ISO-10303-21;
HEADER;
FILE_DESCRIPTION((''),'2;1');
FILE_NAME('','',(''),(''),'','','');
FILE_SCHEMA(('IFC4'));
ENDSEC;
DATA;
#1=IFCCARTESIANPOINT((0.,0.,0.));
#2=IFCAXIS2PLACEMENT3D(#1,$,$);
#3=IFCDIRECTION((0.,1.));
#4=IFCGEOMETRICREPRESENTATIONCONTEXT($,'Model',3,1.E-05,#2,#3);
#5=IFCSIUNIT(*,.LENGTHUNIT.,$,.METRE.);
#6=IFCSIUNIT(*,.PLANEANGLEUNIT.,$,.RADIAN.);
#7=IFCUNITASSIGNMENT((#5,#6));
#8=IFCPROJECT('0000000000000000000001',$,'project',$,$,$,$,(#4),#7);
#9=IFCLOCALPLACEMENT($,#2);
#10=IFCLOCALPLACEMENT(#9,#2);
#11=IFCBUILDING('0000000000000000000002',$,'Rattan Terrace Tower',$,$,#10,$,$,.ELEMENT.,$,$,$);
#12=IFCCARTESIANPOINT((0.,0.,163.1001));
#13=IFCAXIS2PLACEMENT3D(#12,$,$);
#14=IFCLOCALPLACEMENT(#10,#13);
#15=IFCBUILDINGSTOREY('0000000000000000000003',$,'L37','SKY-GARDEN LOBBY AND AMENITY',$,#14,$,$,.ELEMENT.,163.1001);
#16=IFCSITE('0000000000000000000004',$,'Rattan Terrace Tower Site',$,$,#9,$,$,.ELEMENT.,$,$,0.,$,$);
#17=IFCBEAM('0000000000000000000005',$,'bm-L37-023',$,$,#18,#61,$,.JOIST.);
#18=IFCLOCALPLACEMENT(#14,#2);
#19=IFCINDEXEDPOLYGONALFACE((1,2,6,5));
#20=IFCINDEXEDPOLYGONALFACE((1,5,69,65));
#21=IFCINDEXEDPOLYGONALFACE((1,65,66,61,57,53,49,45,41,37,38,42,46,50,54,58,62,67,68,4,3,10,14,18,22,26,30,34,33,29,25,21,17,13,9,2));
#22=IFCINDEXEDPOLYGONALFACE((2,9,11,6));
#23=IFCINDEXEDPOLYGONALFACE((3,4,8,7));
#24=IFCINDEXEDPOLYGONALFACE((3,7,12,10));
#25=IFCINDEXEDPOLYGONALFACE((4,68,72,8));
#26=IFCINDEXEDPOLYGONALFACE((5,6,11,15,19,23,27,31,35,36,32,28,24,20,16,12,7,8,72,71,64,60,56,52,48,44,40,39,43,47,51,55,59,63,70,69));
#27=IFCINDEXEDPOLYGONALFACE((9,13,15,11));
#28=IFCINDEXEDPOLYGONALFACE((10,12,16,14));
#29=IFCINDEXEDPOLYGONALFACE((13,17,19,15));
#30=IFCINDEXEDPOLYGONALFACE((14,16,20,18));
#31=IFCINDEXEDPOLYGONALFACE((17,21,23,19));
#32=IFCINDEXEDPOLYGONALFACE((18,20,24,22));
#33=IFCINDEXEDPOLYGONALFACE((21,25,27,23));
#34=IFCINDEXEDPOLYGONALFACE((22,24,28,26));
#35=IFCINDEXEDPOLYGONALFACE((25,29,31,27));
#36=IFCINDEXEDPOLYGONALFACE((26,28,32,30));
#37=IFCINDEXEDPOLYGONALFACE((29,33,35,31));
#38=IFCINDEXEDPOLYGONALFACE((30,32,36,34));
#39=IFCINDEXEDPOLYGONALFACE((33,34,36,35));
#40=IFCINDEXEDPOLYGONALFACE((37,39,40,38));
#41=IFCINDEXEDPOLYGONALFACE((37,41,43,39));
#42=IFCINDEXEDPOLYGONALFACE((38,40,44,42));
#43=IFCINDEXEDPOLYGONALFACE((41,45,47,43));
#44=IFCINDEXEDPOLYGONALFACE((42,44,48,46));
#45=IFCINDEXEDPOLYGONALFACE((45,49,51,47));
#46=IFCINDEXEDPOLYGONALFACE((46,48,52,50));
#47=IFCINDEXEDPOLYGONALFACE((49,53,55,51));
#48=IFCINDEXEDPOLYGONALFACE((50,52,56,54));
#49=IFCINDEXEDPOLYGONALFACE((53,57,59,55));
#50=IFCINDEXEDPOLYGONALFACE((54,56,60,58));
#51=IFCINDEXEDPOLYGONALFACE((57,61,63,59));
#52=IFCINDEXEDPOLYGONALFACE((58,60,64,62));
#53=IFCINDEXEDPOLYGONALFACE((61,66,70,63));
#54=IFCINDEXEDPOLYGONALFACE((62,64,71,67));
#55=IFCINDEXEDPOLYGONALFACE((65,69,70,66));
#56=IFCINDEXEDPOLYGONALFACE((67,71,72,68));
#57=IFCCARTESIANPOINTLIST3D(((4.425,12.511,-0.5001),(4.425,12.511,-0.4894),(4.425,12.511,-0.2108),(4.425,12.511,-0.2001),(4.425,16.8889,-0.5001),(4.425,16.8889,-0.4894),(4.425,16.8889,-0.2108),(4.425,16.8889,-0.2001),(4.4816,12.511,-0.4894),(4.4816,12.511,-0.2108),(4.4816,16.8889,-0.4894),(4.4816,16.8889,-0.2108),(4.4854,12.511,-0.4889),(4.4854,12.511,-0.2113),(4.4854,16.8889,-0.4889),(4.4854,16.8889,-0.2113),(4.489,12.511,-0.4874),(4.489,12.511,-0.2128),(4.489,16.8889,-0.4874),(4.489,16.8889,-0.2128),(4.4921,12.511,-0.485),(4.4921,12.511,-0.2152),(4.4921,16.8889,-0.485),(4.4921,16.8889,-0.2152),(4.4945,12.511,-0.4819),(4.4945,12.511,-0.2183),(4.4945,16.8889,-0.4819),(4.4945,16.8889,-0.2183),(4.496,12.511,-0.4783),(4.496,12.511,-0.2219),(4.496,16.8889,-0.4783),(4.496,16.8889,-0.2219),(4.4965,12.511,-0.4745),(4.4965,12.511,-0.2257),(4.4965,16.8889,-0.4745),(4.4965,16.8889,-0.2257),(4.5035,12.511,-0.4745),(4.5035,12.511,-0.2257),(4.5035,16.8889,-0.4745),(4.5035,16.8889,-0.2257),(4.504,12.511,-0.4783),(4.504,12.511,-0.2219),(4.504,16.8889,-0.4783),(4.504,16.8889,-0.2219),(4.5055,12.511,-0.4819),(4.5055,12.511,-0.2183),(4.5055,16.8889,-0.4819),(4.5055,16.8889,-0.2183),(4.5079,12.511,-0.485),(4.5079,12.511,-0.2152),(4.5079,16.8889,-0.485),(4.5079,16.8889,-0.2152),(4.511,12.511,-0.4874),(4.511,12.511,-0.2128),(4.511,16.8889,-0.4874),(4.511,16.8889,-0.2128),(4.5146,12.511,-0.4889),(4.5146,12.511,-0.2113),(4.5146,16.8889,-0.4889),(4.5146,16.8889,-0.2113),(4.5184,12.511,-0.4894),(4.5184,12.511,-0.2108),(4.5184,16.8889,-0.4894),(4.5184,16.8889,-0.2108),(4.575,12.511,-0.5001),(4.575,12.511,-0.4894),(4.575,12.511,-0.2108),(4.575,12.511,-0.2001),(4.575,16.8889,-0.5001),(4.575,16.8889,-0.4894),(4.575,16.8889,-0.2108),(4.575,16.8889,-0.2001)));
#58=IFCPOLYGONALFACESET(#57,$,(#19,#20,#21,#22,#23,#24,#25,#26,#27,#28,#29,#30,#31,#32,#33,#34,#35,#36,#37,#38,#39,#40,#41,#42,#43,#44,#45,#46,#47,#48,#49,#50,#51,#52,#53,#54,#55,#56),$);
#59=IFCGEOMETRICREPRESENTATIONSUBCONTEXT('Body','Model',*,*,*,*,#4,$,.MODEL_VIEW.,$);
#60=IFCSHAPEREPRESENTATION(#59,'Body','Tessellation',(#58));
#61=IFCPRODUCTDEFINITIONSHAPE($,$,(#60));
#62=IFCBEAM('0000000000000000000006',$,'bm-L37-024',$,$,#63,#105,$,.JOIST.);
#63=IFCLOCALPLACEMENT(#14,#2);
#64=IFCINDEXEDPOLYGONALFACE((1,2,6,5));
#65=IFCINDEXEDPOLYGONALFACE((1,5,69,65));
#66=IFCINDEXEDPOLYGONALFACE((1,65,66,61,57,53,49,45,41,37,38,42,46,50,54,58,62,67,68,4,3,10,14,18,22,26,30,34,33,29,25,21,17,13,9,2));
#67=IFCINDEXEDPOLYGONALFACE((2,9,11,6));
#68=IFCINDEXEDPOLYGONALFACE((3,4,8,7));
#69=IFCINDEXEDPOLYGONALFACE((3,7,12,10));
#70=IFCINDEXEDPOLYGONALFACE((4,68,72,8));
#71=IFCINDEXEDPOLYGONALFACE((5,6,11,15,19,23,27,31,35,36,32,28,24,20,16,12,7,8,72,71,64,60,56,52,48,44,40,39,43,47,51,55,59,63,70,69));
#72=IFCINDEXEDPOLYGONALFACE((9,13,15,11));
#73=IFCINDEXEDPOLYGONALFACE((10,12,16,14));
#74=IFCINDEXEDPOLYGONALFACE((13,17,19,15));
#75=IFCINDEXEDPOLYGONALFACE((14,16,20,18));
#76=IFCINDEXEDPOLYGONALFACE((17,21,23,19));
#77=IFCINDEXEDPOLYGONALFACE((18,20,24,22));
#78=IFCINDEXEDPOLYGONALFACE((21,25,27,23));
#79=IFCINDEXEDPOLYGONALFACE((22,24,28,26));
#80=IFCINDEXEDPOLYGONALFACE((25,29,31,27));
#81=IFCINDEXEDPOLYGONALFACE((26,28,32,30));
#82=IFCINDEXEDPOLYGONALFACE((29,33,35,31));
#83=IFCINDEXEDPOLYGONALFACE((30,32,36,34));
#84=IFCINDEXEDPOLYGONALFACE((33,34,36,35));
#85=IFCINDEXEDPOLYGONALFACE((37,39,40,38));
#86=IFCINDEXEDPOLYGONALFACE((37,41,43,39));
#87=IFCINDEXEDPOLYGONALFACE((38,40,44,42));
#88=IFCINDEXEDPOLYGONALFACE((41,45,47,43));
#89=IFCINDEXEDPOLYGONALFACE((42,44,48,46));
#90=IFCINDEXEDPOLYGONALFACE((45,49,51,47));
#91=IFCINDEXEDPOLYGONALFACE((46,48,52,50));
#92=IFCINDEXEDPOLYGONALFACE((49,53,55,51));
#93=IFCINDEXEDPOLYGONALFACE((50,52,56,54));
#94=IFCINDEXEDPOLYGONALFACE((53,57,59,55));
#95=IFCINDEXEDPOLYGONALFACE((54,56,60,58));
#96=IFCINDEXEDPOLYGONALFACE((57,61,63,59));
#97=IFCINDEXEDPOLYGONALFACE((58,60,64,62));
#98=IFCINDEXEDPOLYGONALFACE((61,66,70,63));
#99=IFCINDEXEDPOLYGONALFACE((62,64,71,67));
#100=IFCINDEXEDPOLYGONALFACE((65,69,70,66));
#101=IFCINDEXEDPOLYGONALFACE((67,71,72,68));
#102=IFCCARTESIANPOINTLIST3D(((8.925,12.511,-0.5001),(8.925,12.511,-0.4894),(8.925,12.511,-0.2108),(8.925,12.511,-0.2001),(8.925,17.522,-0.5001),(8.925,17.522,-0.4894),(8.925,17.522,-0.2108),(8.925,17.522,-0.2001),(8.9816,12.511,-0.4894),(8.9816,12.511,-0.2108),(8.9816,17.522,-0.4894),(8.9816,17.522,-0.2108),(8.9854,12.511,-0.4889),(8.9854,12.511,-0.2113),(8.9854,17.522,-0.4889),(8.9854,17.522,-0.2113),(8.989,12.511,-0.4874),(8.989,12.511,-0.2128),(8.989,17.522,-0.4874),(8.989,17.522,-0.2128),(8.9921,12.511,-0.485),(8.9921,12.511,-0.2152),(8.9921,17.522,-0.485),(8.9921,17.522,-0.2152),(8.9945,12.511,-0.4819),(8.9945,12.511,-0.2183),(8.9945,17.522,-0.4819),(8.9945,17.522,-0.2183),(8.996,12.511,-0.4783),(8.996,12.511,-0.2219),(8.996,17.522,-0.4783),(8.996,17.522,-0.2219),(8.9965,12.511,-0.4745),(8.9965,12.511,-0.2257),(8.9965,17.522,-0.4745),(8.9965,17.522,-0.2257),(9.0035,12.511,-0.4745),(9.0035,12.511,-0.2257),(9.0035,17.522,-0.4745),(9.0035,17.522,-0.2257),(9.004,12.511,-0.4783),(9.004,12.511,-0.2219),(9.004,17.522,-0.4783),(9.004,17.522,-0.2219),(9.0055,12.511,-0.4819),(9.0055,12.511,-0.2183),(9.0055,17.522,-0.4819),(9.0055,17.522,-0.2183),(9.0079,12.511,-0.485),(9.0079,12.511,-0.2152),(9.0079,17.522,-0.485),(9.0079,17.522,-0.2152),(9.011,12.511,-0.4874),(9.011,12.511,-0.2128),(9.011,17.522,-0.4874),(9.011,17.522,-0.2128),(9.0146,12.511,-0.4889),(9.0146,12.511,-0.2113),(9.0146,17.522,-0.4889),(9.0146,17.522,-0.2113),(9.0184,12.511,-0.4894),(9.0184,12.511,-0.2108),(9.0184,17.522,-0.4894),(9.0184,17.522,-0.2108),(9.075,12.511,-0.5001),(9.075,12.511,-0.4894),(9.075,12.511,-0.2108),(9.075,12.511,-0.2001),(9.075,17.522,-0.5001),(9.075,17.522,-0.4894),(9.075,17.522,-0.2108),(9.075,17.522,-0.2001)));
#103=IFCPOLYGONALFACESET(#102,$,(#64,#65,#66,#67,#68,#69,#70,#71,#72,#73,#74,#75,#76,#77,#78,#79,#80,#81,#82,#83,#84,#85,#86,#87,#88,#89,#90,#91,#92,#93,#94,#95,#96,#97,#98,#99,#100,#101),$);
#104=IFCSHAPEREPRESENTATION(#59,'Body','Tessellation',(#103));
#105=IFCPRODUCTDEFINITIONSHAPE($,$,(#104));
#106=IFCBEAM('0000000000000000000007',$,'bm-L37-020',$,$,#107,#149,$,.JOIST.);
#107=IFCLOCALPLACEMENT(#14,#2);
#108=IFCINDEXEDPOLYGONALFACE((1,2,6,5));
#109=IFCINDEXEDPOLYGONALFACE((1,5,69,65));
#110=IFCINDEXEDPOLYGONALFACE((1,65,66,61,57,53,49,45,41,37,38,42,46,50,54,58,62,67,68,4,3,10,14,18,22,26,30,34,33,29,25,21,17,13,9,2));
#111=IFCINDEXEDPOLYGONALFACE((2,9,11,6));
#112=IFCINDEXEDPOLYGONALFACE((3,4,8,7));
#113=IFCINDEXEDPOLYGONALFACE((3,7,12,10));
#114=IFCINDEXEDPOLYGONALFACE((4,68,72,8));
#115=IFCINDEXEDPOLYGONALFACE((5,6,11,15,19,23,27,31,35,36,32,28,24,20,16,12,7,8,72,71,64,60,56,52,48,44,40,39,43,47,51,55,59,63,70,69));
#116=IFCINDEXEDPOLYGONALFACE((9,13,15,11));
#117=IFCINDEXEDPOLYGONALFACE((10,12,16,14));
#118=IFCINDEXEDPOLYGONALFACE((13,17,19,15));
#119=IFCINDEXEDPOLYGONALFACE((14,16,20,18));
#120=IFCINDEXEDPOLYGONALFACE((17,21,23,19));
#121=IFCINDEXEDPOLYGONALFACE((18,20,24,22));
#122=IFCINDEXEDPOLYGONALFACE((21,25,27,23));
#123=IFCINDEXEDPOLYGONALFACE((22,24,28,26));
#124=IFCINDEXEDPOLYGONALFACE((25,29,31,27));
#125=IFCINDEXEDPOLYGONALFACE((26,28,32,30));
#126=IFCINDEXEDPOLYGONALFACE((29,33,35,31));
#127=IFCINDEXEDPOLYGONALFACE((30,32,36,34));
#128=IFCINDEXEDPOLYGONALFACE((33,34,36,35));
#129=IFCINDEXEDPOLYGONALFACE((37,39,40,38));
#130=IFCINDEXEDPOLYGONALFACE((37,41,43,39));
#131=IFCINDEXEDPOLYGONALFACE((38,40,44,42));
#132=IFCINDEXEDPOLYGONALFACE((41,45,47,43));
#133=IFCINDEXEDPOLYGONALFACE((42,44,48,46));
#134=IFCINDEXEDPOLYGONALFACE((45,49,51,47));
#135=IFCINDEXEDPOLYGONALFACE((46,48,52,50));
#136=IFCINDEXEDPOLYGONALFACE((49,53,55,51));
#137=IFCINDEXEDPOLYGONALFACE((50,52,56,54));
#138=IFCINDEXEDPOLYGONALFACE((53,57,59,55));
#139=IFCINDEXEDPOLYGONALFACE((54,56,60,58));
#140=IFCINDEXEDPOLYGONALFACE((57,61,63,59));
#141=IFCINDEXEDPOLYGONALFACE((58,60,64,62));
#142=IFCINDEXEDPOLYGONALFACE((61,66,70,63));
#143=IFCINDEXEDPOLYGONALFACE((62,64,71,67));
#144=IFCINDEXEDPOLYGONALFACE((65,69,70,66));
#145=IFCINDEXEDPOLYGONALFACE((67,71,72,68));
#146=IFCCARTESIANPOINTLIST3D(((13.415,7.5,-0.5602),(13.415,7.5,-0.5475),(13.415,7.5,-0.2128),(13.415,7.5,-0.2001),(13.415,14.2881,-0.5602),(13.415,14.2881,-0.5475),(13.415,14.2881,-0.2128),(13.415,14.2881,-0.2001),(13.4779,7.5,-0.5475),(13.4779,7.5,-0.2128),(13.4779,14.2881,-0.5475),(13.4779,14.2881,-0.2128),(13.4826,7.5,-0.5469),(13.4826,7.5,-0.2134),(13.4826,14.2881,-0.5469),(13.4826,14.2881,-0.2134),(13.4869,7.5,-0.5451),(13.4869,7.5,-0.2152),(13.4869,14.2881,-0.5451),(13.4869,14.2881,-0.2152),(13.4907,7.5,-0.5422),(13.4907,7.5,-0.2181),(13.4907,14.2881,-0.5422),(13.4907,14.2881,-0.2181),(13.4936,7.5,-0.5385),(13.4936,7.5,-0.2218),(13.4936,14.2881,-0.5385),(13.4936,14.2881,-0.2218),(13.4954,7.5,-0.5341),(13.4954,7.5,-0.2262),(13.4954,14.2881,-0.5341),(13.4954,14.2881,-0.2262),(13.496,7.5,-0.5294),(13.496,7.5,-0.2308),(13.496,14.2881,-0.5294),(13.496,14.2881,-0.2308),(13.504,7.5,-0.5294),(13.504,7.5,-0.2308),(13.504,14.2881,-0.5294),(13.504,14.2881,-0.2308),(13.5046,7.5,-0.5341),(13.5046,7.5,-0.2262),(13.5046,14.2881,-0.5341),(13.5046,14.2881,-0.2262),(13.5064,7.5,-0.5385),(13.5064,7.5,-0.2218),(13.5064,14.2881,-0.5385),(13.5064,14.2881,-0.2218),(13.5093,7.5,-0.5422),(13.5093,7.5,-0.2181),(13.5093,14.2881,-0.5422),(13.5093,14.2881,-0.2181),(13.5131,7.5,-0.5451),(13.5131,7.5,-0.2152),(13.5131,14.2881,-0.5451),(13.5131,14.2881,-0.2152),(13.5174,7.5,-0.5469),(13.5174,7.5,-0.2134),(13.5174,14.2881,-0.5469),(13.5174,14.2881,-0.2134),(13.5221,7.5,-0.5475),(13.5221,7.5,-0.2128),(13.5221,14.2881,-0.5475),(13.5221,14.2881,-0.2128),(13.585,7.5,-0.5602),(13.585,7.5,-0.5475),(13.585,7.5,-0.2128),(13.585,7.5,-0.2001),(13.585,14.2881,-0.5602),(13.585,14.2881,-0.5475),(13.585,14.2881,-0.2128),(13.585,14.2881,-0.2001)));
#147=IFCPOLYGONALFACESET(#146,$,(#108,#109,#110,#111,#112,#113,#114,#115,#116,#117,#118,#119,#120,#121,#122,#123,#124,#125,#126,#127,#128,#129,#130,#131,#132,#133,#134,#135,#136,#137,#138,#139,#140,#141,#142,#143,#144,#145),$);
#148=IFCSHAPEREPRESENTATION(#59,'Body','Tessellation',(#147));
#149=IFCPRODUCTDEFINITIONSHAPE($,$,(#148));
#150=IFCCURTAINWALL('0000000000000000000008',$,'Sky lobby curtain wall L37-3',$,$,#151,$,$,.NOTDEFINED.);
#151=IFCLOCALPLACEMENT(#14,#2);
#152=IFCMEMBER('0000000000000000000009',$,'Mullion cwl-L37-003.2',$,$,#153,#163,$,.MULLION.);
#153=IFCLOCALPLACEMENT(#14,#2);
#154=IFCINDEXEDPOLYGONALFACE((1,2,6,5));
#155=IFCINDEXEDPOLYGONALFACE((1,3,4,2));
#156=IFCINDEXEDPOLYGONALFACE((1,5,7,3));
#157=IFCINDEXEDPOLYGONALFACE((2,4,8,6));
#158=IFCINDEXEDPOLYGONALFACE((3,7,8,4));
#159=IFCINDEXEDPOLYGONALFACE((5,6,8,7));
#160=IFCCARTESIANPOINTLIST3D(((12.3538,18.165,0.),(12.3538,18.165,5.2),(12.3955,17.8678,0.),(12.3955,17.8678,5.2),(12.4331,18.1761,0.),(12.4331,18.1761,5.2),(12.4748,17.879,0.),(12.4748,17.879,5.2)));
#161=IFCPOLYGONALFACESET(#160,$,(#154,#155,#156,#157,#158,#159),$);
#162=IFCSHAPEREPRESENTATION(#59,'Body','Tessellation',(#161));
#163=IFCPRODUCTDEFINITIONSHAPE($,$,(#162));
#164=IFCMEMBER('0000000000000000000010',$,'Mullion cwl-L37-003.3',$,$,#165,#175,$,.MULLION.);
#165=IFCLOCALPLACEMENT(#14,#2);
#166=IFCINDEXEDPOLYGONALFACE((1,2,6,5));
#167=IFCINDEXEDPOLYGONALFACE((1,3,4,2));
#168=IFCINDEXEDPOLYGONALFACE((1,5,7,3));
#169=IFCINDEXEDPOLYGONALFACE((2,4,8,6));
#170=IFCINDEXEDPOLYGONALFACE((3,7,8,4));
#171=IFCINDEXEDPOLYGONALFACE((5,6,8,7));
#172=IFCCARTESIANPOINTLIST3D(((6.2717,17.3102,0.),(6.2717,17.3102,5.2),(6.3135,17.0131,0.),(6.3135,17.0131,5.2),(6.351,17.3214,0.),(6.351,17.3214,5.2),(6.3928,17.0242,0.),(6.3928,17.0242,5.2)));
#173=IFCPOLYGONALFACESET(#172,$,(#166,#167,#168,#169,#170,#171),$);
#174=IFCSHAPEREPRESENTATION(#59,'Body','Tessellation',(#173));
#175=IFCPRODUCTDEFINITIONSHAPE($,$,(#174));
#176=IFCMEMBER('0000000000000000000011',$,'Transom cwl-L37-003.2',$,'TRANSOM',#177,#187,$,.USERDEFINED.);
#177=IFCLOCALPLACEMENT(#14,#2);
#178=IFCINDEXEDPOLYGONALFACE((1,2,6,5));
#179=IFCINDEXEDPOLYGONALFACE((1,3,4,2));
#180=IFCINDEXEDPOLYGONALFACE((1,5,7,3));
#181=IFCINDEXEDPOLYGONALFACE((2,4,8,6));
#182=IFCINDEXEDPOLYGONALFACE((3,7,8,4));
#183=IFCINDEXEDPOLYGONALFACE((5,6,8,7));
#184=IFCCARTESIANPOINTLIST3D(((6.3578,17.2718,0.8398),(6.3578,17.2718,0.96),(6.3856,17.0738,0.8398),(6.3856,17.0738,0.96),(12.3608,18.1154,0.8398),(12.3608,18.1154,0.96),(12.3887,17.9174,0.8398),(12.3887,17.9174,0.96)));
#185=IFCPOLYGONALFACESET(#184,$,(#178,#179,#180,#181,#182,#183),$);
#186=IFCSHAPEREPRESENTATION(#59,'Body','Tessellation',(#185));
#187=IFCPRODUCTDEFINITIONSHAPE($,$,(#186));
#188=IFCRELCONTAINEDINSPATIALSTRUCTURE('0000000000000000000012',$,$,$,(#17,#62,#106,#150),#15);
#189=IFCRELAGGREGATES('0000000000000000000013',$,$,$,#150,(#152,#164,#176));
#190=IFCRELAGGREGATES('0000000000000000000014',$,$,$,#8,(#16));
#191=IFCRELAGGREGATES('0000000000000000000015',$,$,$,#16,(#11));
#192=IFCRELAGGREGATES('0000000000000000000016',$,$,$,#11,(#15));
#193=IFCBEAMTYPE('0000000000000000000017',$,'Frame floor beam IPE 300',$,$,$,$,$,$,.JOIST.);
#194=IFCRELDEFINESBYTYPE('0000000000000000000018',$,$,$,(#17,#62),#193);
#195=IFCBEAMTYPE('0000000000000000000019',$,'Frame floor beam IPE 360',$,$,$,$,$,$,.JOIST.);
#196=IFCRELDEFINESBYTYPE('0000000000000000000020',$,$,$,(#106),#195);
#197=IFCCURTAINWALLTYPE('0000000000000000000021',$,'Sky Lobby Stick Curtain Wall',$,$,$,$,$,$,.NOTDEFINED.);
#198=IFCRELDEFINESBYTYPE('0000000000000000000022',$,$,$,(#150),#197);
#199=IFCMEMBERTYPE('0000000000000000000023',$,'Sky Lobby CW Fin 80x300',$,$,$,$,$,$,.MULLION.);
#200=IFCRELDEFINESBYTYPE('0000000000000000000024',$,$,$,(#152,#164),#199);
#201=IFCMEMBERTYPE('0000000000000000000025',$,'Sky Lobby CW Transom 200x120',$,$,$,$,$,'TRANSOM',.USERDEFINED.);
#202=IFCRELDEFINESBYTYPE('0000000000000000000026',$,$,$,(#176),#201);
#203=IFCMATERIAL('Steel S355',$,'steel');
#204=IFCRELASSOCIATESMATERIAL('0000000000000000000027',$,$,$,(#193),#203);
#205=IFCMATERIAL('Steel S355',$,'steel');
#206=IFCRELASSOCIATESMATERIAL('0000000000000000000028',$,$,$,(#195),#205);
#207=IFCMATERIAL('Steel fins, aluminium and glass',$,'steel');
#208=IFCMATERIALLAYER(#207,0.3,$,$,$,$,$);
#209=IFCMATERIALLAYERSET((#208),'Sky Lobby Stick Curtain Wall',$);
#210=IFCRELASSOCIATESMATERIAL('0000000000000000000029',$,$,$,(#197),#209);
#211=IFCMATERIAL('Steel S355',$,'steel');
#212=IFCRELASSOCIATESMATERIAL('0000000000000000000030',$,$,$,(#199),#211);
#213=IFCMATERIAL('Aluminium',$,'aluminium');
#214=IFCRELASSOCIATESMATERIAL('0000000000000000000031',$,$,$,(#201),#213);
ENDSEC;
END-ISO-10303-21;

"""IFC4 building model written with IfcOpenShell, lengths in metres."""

from ifc_helpers import new_model, si_unit, direction, frame, origin, origin_2d, place, context, subcontext, project, spatial, rectangle, i_section, extrude, material, layer, layer_set, material_profile, profile_set, type_object, element, aggregate, save


model = new_model("IFC4")

# Units and contexts
model_context = context("Model", 3, precision=1e-05, world=origin(), true_north=direction((0.0, 1.0)))
body_context = subcontext(model_context, "Body", "Model", "MODEL_VIEW")
ifc_project = project(units=[si_unit("LENGTHUNIT", "METRE"), si_unit("PLANEANGLEUNIT", "RADIAN")], contexts=[model_context])

# Site, building, storey
site_placement = place(None, origin())
site = spatial("IfcSite", under=ifc_project, at=site_placement, Name="Rattan Terrace Tower Site", CompositionType="ELEMENT", RefElevation=0.0)
building_placement = place(site_placement, origin())
building = spatial("IfcBuilding", under=site, at=building_placement, Name="Rattan Terrace Tower", CompositionType="ELEMENT")
storey_placement = place(building_placement, frame((0.0, 0.0, 163.1001)))
storey = spatial("IfcBuildingStorey", under=building, at=storey_placement, Name="L37", Description="SKY-GARDEN LOBBY AND AMENITY", CompositionType="ELEMENT", Elevation=163.1001)

# Beams
ifc_material_1 = material(Name="Steel S355", Category="steel")
ifc_material_profile_1 = material_profile(ifc_material_1, i_section(OverallWidth=0.1499, OverallDepth=0.3, WebThickness=0.0071, FlangeThickness=0.0107, FilletRadius=0.0149, at=origin_2d()), Name="IPE 300")
ifc_profile_set_1 = profile_set([ifc_material_profile_1], Name="Steel S355")
beam_type_1 = type_object("IfcBeamType", Name="Frame floor beam IPE 300", PredefinedType="JOIST", material=ifc_profile_set_1)
beam_1_placement = place(storey_placement, frame((4.5, 12.511, -0.3501), z_axis=(0.0, 1.0, 0.0), x_axis=(-1.0, 0.0, 0.0)))
element("IfcBeam", 1, at=beam_1_placement, inside=storey, type_object=beam_type_1, Name="bm-L37-023", PredefinedType="JOIST", context=body_context, shape_type="SweptSolid", body=[
    extrude(i_section(OverallWidth=0.1499, OverallDepth=0.3, WebThickness=0.0071, FlangeThickness=0.0107, FilletRadius=0.0149, at=origin_2d()), origin(), (0.0, 0.0, 1.0), 4.3779),
])
beam_2_placement = place(storey_placement, frame((9.0, 12.511, -0.3501), z_axis=(0.0, 1.0, 0.0), x_axis=(-1.0, 0.0, 0.0)))
element("IfcBeam", 2, at=beam_2_placement, inside=storey, type_object=beam_type_1, Name="bm-L37-024", PredefinedType="JOIST", context=body_context, shape_type="SweptSolid", body=[
    extrude(i_section(OverallWidth=0.1499, OverallDepth=0.3, WebThickness=0.0071, FlangeThickness=0.0107, FilletRadius=0.0149, at=origin_2d()), origin(), (0.0, 0.0, 1.0), 5.011),
])
ifc_material_2 = material(Name="Steel S355", Category="steel")
ifc_material_profile_2 = material_profile(ifc_material_2, i_section(OverallWidth=0.1699, OverallDepth=0.3601, WebThickness=0.0081, FlangeThickness=0.0127, FilletRadius=0.0181, at=origin_2d()), Name="IPE 360")
ifc_profile_set_2 = profile_set([ifc_material_profile_2], Name="Steel S355")
beam_type_2 = type_object("IfcBeamType", Name="Frame floor beam IPE 360", PredefinedType="JOIST", material=ifc_profile_set_2)
beam_3_placement = place(storey_placement, frame((13.5, 7.5, -0.3801), z_axis=(0.0, 1.0, 0.0), x_axis=(-1.0, 0.0, 0.0)))
element("IfcBeam", 3, at=beam_3_placement, inside=storey, type_object=beam_type_2, Name="bm-L37-020", PredefinedType="JOIST", context=body_context, shape_type="SweptSolid", body=[
    extrude(i_section(OverallWidth=0.1699, OverallDepth=0.3601, WebThickness=0.0081, FlangeThickness=0.0127, FilletRadius=0.0181, at=origin_2d()), origin(), (0.0, 0.0, 1.0), 6.7881),
])

# Curtain wall, members
ifc_material_3 = material(Name="Steel fins, aluminium and glass", Category="steel")
ifc_layer_1 = layer(ifc_material_3, 0.3)
ifc_layer_set_1 = layer_set([ifc_layer_1], Name="Sky Lobby Stick Curtain Wall")
curtain_wall_type = type_object("IfcCurtainWallType", Name="Sky Lobby Stick Curtain Wall", PredefinedType="NOTDEFINED", material=ifc_layer_set_1)
curtain_wall_placement = place(storey_placement, origin())
curtain_wall = element("IfcCurtainWall", 4, at=curtain_wall_placement, inside=storey, type_object=curtain_wall_type, Name="Sky lobby curtain wall L37-3", PredefinedType="NOTDEFINED")
ifc_material_4 = material(Name="Steel S355", Category="steel")
ifc_material_profile_3 = material_profile(ifc_material_4, rectangle(XDim=0.0801, YDim=0.3, at=origin_2d()), Name="Steel S355 80x300")
ifc_profile_set_3 = profile_set([ifc_material_profile_3], Name="Steel S355")
member_type_1 = type_object("IfcMemberType", Name="Sky Lobby CW Fin 80x300", PredefinedType="MULLION", material=ifc_profile_set_3)
member_1_placement = place(storey_placement, frame((12.4143, 18.022, 0.0), z_axis=(0.0, 0.0, 1.0), x_axis=(-0.99027, -0.139161, 0.0)))
member_1 = element("IfcMember", 5, at=member_1_placement, type_object=member_type_1, Name="Mullion cwl-L37-003.2", PredefinedType="MULLION", context=body_context, shape_type="SweptSolid", body=[
    extrude(rectangle(XDim=0.0801, YDim=0.3, at=origin_2d()), origin(), (0.0, 0.0, 1.0), 5.2),
])
member_2_placement = place(storey_placement, frame((6.3323, 17.1672, 0.0), z_axis=(0.0, 0.0, 1.0), x_axis=(-0.99027, -0.139161, 0.0)))
member_2 = element("IfcMember", 6, at=member_2_placement, type_object=member_type_1, Name="Mullion cwl-L37-003.3", PredefinedType="MULLION", context=body_context, shape_type="SweptSolid", body=[
    extrude(rectangle(XDim=0.0801, YDim=0.3, at=origin_2d()), origin(), (0.0, 0.0, 1.0), 5.2),
])
ifc_material_5 = material(Name="Aluminium", Category="aluminium")
ifc_material_profile_4 = material_profile(ifc_material_5, rectangle(XDim=0.2, YDim=0.1201, at=origin_2d()), Name="Aluminium 200x120")
ifc_profile_set_4 = profile_set([ifc_material_profile_4], Name="Aluminium")
member_type_2 = type_object("IfcMemberType", Name="Sky Lobby CW Transom 200x120", ElementType="TRANSOM", PredefinedType="USERDEFINED", material=ifc_profile_set_4)
member_3_placement = place(storey_placement, frame((12.3748, 18.0164, 0.8999), z_axis=(-0.990271, -0.139149, 0.0), x_axis=(0.139149, -0.990271, 0.0)))
member_3 = element("IfcMember", 7, at=member_3_placement, type_object=member_type_2, Name="Transom cwl-L37-003.2", ObjectType="TRANSOM", PredefinedType="USERDEFINED", context=body_context, shape_type="SweptSolid", body=[
    extrude(rectangle(XDim=0.2, YDim=0.1201, at=origin_2d()), origin(), (0.0, 0.0, 1.0), 6.062),
])
aggregate(curtain_wall, [member_1, member_2, member_3])

save(model, "model.ifc")
